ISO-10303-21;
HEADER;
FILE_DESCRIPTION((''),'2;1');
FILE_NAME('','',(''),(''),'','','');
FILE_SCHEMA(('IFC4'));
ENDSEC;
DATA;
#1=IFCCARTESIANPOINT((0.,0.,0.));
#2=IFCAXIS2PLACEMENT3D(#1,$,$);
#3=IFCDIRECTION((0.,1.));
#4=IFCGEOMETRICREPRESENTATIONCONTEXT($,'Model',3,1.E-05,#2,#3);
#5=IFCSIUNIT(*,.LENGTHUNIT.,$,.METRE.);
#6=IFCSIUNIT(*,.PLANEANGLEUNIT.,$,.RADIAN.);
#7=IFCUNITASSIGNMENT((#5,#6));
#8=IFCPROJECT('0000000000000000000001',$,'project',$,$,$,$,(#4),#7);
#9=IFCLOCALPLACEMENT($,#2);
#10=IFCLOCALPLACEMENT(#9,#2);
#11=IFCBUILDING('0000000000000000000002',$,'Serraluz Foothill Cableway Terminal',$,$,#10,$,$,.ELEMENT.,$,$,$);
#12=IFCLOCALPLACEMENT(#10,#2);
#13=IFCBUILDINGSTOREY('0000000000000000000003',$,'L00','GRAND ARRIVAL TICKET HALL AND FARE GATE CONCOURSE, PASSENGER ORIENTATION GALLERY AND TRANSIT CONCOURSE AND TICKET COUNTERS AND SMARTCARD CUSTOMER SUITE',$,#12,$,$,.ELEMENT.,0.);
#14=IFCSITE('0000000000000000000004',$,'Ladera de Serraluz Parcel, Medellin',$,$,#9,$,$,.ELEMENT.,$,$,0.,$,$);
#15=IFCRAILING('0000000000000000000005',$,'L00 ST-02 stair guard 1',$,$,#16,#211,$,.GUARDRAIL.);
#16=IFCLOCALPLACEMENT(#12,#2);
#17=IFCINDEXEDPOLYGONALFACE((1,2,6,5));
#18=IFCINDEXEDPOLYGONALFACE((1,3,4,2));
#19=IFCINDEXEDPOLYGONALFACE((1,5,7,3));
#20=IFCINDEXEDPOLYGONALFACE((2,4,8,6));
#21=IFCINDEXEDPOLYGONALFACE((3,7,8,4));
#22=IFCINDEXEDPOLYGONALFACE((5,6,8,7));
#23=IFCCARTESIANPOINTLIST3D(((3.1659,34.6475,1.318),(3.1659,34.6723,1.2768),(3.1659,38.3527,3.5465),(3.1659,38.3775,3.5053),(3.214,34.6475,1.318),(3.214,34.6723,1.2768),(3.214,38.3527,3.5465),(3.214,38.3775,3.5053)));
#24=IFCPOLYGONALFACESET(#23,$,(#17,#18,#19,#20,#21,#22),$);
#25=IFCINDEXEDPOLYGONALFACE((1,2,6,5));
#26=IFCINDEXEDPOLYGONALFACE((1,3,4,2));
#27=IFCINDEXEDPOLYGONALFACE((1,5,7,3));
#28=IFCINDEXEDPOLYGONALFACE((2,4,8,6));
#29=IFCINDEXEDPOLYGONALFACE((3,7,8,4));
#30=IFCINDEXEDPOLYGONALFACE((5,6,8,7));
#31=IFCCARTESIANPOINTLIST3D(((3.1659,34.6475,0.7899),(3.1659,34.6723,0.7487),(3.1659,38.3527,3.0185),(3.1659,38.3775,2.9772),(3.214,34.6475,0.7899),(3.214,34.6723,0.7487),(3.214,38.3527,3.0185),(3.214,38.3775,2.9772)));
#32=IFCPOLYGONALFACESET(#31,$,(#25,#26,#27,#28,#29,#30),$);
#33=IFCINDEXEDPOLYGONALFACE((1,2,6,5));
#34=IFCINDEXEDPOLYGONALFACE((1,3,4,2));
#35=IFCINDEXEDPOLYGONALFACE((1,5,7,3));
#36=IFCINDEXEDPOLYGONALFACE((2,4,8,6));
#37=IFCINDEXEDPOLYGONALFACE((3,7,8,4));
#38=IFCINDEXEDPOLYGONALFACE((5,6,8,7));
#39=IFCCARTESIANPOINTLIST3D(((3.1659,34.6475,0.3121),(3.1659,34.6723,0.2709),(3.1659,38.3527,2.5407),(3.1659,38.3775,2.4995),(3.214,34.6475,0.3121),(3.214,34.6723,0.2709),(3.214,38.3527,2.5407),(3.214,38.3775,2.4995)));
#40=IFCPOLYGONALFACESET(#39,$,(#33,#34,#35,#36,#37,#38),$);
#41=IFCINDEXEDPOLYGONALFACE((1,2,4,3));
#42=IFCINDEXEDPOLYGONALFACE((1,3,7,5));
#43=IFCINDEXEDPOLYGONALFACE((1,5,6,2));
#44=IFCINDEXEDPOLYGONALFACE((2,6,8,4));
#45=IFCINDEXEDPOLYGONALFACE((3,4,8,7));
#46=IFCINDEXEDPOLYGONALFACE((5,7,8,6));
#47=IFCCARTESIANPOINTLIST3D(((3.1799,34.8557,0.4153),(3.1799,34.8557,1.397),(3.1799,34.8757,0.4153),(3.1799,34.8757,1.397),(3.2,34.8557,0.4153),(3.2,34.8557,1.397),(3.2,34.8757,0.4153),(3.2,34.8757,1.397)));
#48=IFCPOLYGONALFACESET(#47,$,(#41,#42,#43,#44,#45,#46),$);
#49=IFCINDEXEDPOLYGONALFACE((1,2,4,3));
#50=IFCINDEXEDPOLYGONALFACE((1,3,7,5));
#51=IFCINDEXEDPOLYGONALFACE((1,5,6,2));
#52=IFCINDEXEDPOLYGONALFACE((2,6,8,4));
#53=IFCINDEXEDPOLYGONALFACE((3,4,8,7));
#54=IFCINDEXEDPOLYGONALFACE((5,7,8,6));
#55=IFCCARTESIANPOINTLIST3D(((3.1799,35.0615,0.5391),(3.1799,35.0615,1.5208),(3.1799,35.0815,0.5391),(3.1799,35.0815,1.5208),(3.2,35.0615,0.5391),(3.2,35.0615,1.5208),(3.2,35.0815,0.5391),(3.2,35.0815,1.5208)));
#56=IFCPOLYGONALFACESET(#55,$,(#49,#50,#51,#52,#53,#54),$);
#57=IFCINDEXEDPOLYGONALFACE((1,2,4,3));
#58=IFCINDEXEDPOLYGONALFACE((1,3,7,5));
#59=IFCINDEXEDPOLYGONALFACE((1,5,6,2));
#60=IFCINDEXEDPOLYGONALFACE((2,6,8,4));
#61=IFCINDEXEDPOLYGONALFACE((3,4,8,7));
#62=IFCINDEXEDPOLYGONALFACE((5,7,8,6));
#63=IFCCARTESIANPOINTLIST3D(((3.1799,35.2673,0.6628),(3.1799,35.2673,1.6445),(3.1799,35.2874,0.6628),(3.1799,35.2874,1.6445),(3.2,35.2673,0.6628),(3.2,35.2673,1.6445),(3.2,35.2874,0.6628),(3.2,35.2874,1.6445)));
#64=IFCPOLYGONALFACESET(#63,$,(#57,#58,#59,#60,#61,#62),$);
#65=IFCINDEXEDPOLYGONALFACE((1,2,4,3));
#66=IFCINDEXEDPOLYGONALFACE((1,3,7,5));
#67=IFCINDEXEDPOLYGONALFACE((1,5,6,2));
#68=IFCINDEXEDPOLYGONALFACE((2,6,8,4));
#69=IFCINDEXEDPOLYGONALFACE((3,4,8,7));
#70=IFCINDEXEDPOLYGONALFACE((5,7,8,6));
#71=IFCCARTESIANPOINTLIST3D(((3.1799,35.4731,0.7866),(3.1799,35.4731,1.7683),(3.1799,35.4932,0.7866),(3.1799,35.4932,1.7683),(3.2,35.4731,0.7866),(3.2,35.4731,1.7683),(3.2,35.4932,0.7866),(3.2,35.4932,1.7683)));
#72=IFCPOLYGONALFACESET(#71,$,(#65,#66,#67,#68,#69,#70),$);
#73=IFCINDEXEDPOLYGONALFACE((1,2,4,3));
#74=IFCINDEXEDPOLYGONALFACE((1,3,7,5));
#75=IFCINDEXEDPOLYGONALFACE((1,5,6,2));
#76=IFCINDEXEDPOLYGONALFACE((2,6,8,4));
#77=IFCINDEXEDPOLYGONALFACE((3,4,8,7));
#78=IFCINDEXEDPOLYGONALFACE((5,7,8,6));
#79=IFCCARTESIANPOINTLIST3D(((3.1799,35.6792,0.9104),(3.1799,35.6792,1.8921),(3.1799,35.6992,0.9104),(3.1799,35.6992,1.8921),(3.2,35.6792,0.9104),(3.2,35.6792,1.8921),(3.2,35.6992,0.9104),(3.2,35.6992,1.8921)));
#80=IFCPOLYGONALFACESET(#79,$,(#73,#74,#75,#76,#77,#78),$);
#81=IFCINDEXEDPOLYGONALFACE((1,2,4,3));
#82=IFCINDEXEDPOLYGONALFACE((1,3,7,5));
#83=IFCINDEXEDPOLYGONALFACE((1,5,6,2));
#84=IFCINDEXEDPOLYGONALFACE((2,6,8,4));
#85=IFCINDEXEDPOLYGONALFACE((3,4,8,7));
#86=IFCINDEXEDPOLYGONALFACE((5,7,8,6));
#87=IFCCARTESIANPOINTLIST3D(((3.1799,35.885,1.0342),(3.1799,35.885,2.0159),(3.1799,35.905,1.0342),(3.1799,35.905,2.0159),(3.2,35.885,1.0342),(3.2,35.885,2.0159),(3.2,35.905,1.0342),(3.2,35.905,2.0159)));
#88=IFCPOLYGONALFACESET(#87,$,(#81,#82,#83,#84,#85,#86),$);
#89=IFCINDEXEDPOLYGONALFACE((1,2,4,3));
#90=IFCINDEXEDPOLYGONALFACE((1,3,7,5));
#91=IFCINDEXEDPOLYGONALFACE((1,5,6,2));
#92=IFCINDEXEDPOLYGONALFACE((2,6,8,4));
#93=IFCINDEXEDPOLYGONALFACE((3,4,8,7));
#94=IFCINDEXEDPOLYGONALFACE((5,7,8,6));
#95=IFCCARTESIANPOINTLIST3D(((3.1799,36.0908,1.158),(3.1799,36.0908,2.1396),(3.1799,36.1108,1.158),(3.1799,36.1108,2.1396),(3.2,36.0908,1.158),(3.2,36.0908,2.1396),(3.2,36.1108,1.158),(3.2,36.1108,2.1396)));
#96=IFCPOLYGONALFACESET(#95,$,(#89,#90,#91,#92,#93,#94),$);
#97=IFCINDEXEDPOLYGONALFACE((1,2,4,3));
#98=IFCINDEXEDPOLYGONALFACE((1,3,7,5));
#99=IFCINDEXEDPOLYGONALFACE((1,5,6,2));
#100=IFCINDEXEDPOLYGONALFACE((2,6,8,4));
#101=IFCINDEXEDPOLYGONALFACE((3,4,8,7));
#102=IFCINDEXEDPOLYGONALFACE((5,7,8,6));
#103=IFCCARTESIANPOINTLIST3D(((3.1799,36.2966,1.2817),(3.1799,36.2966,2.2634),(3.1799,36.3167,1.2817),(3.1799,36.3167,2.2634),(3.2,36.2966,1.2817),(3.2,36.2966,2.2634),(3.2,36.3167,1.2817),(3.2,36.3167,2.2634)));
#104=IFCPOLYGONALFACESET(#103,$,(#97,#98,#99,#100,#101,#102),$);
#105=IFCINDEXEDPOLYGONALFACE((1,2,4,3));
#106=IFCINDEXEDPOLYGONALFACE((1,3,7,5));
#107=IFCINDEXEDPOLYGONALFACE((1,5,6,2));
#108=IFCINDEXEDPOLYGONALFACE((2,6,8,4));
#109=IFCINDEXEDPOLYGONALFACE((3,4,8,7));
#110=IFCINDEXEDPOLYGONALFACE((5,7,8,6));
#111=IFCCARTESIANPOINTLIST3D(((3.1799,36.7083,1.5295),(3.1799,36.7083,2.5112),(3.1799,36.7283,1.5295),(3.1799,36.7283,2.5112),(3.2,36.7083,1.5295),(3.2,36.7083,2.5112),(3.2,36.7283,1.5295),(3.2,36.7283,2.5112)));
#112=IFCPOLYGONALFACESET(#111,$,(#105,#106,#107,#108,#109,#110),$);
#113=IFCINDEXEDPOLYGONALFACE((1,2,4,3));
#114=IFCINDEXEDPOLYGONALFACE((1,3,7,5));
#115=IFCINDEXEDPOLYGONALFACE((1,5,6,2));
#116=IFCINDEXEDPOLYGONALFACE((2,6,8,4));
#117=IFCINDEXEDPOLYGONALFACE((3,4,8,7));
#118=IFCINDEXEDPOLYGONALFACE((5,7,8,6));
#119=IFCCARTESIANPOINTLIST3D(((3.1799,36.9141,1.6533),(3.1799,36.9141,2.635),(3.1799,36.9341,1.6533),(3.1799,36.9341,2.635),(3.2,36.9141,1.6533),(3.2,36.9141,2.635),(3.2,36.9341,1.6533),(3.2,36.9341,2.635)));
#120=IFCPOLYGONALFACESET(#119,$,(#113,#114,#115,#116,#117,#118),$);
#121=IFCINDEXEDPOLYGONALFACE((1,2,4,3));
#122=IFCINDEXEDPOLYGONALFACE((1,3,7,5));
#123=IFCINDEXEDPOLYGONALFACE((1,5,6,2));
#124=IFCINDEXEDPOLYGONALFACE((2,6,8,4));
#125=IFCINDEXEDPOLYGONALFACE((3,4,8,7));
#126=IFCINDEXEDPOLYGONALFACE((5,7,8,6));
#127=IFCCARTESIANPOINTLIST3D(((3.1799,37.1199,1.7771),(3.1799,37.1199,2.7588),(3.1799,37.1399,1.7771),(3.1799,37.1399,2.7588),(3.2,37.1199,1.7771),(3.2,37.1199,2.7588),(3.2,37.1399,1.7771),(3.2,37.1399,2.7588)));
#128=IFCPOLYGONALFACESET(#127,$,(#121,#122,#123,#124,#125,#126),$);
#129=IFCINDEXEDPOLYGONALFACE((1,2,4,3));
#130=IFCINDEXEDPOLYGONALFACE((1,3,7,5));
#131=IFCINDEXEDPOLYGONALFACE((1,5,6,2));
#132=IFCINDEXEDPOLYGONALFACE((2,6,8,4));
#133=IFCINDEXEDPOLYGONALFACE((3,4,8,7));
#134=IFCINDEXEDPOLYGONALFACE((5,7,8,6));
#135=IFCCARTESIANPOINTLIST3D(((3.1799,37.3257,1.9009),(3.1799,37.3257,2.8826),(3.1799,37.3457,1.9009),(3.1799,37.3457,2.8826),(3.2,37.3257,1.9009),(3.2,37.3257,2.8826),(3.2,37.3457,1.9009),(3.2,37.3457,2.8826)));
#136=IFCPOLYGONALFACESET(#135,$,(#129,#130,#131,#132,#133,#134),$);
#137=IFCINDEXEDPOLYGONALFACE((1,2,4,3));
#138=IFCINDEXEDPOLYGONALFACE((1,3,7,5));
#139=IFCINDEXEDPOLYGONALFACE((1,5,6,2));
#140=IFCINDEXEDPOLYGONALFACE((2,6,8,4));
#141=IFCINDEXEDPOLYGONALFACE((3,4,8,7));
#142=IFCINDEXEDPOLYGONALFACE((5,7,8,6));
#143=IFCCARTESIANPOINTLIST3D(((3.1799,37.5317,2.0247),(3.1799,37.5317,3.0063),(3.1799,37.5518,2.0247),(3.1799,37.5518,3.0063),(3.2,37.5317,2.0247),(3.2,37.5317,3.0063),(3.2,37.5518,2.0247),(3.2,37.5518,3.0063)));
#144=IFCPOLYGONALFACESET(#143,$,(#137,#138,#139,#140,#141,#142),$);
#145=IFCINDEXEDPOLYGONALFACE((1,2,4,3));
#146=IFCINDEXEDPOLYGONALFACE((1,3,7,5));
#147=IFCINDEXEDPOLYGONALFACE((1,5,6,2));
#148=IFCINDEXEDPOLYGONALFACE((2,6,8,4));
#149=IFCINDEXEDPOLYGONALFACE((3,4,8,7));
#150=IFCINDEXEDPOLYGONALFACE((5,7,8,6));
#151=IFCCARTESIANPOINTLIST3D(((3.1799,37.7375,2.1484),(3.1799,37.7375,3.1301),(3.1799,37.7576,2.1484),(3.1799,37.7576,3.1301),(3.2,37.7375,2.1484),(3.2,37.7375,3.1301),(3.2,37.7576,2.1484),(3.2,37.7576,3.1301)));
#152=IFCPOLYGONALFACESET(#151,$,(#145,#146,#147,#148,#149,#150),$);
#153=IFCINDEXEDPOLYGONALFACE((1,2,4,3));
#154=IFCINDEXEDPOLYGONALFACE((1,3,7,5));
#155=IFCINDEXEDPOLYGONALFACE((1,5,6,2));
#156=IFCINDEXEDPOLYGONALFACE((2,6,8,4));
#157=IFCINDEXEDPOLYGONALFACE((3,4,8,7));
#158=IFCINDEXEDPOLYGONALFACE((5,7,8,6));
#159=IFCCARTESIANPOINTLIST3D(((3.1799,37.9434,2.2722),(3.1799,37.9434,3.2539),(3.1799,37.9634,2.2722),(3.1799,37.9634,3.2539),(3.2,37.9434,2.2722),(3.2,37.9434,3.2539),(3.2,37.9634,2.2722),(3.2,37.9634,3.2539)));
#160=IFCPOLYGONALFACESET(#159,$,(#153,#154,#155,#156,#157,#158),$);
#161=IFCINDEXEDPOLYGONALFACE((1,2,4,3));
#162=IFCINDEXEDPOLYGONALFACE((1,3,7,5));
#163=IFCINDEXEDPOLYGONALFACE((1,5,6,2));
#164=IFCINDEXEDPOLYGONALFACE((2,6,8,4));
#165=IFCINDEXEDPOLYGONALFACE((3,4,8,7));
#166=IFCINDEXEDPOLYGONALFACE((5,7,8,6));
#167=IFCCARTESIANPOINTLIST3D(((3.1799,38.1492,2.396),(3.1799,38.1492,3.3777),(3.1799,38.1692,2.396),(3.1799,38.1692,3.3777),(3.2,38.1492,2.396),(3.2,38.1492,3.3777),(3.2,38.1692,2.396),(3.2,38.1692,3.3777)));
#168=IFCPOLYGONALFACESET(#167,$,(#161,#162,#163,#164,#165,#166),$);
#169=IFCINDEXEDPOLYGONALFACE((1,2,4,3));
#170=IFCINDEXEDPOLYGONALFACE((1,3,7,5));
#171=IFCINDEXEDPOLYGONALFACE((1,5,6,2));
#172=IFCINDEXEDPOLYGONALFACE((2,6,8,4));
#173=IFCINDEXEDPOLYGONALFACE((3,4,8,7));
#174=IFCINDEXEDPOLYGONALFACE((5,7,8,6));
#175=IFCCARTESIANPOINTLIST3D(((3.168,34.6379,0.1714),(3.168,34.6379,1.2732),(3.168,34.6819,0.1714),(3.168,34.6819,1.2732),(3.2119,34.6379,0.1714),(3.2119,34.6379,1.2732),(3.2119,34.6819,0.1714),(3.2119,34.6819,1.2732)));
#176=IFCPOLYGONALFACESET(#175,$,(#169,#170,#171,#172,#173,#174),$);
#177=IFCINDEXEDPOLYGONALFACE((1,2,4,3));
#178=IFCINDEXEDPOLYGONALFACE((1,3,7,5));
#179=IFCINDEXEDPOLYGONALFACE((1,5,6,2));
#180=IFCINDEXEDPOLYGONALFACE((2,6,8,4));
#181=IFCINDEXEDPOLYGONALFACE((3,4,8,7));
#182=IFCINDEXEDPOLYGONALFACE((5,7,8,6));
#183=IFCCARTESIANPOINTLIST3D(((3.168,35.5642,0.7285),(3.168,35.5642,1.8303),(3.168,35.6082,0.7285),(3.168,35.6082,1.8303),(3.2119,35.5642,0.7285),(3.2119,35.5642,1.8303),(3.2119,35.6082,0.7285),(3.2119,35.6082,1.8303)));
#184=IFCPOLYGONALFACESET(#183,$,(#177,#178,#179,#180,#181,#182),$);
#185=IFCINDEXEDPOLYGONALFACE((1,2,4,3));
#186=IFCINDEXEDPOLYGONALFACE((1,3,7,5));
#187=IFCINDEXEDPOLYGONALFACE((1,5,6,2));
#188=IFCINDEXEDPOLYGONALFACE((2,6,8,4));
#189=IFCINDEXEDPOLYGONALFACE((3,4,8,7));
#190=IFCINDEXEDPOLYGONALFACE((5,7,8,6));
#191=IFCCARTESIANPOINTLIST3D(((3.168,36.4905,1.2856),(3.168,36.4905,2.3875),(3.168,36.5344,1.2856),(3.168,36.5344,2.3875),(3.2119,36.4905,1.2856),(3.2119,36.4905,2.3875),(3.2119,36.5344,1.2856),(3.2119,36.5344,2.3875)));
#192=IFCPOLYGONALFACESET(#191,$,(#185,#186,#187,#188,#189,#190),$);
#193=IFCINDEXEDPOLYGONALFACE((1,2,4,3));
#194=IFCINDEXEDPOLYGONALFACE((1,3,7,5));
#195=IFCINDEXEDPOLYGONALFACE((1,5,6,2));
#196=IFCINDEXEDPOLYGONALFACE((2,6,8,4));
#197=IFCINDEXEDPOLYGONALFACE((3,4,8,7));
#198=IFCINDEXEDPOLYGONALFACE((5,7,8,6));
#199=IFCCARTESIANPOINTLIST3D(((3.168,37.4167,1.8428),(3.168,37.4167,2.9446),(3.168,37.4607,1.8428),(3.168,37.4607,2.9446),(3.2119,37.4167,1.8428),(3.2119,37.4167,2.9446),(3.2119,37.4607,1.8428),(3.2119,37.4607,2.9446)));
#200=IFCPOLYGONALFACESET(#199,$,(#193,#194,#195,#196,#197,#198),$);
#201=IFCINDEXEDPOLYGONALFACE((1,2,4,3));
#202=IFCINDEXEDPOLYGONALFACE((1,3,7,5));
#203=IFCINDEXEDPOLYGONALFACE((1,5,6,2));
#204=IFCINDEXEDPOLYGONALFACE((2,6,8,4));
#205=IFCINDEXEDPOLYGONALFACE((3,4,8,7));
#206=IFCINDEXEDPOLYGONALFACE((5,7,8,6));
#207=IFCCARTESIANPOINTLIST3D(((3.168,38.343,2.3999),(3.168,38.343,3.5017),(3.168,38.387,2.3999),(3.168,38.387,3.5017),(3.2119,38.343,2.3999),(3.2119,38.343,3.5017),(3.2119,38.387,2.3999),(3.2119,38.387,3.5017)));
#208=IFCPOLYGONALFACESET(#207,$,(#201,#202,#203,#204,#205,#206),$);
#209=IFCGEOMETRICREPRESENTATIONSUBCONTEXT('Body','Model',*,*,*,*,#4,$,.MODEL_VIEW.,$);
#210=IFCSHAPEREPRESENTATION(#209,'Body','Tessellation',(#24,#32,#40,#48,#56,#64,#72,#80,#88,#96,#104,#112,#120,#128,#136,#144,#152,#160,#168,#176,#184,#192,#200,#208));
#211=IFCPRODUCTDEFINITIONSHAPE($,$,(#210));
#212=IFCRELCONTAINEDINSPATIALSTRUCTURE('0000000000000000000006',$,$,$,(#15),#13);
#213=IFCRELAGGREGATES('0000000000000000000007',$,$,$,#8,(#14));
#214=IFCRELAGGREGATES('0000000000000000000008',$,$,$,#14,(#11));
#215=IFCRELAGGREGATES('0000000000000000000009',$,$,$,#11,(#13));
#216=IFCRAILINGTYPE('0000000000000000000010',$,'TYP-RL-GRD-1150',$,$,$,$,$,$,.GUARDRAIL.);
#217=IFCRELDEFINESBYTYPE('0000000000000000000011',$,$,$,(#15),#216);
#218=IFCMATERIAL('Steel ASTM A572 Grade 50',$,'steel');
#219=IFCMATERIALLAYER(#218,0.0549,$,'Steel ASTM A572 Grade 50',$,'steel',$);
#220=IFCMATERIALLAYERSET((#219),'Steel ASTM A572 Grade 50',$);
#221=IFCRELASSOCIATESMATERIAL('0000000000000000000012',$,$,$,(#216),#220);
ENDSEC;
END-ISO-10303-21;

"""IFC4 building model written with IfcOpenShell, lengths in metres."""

from ifc_helpers import new_model, si_unit, direction, frame, origin, origin_2d, place, context, subcontext, project, spatial, rectangle, extrude, material, layer, layer_set, type_object, element, save


model = new_model("IFC4")

# Units and contexts
model_context = context("Model", 3, precision=1e-05, world=origin(), true_north=direction((0.0, 1.0)))
body_context = subcontext(model_context, "Body", "Model", "MODEL_VIEW")
ifc_project = project(units=[si_unit("LENGTHUNIT", "METRE"), si_unit("PLANEANGLEUNIT", "RADIAN")], contexts=[model_context])

# Site, building, storey
site_placement = place(None, origin())
site = spatial("IfcSite", under=ifc_project, at=site_placement, Name="Ladera de Serraluz Parcel, Medellin", CompositionType="ELEMENT", RefElevation=0.0)
building_placement = place(site_placement, origin())
building = spatial("IfcBuilding", under=site, at=building_placement, Name="Serraluz Foothill Cableway Terminal", CompositionType="ELEMENT")
storey_placement = place(building_placement, origin())
storey = spatial("IfcBuildingStorey", under=building, at=storey_placement, Name="L00", Description="GRAND ARRIVAL TICKET HALL AND FARE GATE CONCOURSE, PASSENGER ORIENTATION GALLERY AND TRANSIT CONCOURSE AND TICKET COUNTERS AND SMARTCARD CUSTOMER SUITE", CompositionType="ELEMENT", Elevation=0.0)

# Railing
ifc_material_1 = material(Name="Steel ASTM A572 Grade 50", Category="steel")
ifc_layer_1 = layer(ifc_material_1, 0.0549, Name="Steel ASTM A572 Grade 50", Category="steel")
ifc_layer_set_1 = layer_set([ifc_layer_1], Name="Steel ASTM A572 Grade 50")
railing_type_1 = type_object("IfcRailingType", Name="TYP-RL-GRD-1150", PredefinedType="GUARDRAIL", material=ifc_layer_set_1)
railing_1_placement = place(storey_placement, frame((3.1899, 34.6599, 0.1714)))
element("IfcRailing", 1, at=railing_1_placement, inside=storey, type_object=railing_type_1, Name="L00 ST-02 stair guard 1", PredefinedType="GUARDRAIL", context=body_context, shape_type="SweptSolid", body=[
    extrude(rectangle(XDim=0.0481, YDim=0.0481, at=origin_2d()), frame((0.0, 0.0, 1.126), z_axis=(0.0, 0.856934, 0.515425), x_axis=(-1.0, 0.0, 0.0)), (0.0, 0.0, 1.0), 4.3237),
    extrude(rectangle(XDim=0.0481, YDim=0.0481, at=origin_2d()), frame((0.0, 0.0, 0.5979), z_axis=(0.0, 0.856934, 0.515425), x_axis=(-1.0, 0.0, 0.0)), (0.0, 0.0, 1.0), 4.3237),
    extrude(rectangle(XDim=0.0481, YDim=0.0481, at=origin_2d()), frame((0.0, 0.0, 0.1201), z_axis=(0.0, 0.856934, 0.515425), x_axis=(-1.0, 0.0, 0.0)), (0.0, 0.0, 1.0), 4.3237),
    extrude(rectangle(XDim=0.02, YDim=0.02, at=origin_2d()), frame((0.0, 0.2058, 0.2439)), (0.0, 0.0, 1.0), 0.9817),
    extrude(rectangle(XDim=0.02, YDim=0.02, at=origin_2d()), frame((0.0, 0.4116, 0.3677)), (0.0, 0.0, 1.0), 0.9817),
    extrude(rectangle(XDim=0.02, YDim=0.02, at=origin_2d()), frame((0.0, 0.6174, 0.4915)), (0.0, 0.0, 1.0), 0.9817),
    extrude(rectangle(XDim=0.02, YDim=0.02, at=origin_2d()), frame((0.0, 0.8232, 0.6152)), (0.0, 0.0, 1.0), 0.9817),
    extrude(rectangle(XDim=0.02, YDim=0.02, at=origin_2d()), frame((0.0, 1.0293, 0.739)), (0.0, 0.0, 1.0), 0.9817),
    extrude(rectangle(XDim=0.02, YDim=0.02, at=origin_2d()), frame((0.0, 1.2351, 0.8628)), (0.0, 0.0, 1.0), 0.9817),
    extrude(rectangle(XDim=0.02, YDim=0.02, at=origin_2d()), frame((0.0, 1.4409, 0.9866)), (0.0, 0.0, 1.0), 0.9817),
    extrude(rectangle(XDim=0.02, YDim=0.02, at=origin_2d()), frame((0.0, 1.6467, 1.1104)), (0.0, 0.0, 1.0), 0.9817),
    extrude(rectangle(XDim=0.02, YDim=0.02, at=origin_2d()), frame((0.0, 2.0583, 1.3582)), (0.0, 0.0, 1.0), 0.9817),
    extrude(rectangle(XDim=0.02, YDim=0.02, at=origin_2d()), frame((0.0, 2.2642, 1.4819)), (0.0, 0.0, 1.0), 0.9817),
    extrude(rectangle(XDim=0.02, YDim=0.02, at=origin_2d()), frame((0.0, 2.47, 1.6057)), (0.0, 0.0, 1.0), 0.9817),
    extrude(rectangle(XDim=0.02, YDim=0.02, at=origin_2d()), frame((0.0, 2.6758, 1.7295)), (0.0, 0.0, 1.0), 0.9817),
    extrude(rectangle(XDim=0.02, YDim=0.02, at=origin_2d()), frame((0.0, 2.8818, 1.8533)), (0.0, 0.0, 1.0), 0.9817),
    extrude(rectangle(XDim=0.02, YDim=0.02, at=origin_2d()), frame((0.0, 3.0876, 1.9771)), (0.0, 0.0, 1.0), 0.9817),
    extrude(rectangle(XDim=0.02, YDim=0.02, at=origin_2d()), frame((0.0, 3.2935, 2.1008)), (0.0, 0.0, 1.0), 0.9817),
    extrude(rectangle(XDim=0.02, YDim=0.02, at=origin_2d()), frame((0.0, 3.4993, 2.2246)), (0.0, 0.0, 1.0), 0.9817),
    extrude(rectangle(XDim=0.0439, YDim=0.0439, at=origin_2d()), origin(), (0.0, 0.0, 1.0), 1.1018),
    extrude(rectangle(XDim=0.0439, YDim=0.0439, at=origin_2d()), frame((0.0, 0.9263, 0.5571)), (0.0, 0.0, 1.0), 1.1018),
    extrude(rectangle(XDim=0.0439, YDim=0.0439, at=origin_2d()), frame((0.0, 1.8525, 1.1143)), (0.0, 0.0, 1.0), 1.1018),
    extrude(rectangle(XDim=0.0439, YDim=0.0439, at=origin_2d()), frame((0.0, 2.7788, 1.6714)), (0.0, 0.0, 1.0), 1.1018),
    extrude(rectangle(XDim=0.0439, YDim=0.0439, at=origin_2d()), frame((0.0, 3.7051, 2.2285)), (0.0, 0.0, 1.0), 1.1018),
])

save(model, "model.ifc")
